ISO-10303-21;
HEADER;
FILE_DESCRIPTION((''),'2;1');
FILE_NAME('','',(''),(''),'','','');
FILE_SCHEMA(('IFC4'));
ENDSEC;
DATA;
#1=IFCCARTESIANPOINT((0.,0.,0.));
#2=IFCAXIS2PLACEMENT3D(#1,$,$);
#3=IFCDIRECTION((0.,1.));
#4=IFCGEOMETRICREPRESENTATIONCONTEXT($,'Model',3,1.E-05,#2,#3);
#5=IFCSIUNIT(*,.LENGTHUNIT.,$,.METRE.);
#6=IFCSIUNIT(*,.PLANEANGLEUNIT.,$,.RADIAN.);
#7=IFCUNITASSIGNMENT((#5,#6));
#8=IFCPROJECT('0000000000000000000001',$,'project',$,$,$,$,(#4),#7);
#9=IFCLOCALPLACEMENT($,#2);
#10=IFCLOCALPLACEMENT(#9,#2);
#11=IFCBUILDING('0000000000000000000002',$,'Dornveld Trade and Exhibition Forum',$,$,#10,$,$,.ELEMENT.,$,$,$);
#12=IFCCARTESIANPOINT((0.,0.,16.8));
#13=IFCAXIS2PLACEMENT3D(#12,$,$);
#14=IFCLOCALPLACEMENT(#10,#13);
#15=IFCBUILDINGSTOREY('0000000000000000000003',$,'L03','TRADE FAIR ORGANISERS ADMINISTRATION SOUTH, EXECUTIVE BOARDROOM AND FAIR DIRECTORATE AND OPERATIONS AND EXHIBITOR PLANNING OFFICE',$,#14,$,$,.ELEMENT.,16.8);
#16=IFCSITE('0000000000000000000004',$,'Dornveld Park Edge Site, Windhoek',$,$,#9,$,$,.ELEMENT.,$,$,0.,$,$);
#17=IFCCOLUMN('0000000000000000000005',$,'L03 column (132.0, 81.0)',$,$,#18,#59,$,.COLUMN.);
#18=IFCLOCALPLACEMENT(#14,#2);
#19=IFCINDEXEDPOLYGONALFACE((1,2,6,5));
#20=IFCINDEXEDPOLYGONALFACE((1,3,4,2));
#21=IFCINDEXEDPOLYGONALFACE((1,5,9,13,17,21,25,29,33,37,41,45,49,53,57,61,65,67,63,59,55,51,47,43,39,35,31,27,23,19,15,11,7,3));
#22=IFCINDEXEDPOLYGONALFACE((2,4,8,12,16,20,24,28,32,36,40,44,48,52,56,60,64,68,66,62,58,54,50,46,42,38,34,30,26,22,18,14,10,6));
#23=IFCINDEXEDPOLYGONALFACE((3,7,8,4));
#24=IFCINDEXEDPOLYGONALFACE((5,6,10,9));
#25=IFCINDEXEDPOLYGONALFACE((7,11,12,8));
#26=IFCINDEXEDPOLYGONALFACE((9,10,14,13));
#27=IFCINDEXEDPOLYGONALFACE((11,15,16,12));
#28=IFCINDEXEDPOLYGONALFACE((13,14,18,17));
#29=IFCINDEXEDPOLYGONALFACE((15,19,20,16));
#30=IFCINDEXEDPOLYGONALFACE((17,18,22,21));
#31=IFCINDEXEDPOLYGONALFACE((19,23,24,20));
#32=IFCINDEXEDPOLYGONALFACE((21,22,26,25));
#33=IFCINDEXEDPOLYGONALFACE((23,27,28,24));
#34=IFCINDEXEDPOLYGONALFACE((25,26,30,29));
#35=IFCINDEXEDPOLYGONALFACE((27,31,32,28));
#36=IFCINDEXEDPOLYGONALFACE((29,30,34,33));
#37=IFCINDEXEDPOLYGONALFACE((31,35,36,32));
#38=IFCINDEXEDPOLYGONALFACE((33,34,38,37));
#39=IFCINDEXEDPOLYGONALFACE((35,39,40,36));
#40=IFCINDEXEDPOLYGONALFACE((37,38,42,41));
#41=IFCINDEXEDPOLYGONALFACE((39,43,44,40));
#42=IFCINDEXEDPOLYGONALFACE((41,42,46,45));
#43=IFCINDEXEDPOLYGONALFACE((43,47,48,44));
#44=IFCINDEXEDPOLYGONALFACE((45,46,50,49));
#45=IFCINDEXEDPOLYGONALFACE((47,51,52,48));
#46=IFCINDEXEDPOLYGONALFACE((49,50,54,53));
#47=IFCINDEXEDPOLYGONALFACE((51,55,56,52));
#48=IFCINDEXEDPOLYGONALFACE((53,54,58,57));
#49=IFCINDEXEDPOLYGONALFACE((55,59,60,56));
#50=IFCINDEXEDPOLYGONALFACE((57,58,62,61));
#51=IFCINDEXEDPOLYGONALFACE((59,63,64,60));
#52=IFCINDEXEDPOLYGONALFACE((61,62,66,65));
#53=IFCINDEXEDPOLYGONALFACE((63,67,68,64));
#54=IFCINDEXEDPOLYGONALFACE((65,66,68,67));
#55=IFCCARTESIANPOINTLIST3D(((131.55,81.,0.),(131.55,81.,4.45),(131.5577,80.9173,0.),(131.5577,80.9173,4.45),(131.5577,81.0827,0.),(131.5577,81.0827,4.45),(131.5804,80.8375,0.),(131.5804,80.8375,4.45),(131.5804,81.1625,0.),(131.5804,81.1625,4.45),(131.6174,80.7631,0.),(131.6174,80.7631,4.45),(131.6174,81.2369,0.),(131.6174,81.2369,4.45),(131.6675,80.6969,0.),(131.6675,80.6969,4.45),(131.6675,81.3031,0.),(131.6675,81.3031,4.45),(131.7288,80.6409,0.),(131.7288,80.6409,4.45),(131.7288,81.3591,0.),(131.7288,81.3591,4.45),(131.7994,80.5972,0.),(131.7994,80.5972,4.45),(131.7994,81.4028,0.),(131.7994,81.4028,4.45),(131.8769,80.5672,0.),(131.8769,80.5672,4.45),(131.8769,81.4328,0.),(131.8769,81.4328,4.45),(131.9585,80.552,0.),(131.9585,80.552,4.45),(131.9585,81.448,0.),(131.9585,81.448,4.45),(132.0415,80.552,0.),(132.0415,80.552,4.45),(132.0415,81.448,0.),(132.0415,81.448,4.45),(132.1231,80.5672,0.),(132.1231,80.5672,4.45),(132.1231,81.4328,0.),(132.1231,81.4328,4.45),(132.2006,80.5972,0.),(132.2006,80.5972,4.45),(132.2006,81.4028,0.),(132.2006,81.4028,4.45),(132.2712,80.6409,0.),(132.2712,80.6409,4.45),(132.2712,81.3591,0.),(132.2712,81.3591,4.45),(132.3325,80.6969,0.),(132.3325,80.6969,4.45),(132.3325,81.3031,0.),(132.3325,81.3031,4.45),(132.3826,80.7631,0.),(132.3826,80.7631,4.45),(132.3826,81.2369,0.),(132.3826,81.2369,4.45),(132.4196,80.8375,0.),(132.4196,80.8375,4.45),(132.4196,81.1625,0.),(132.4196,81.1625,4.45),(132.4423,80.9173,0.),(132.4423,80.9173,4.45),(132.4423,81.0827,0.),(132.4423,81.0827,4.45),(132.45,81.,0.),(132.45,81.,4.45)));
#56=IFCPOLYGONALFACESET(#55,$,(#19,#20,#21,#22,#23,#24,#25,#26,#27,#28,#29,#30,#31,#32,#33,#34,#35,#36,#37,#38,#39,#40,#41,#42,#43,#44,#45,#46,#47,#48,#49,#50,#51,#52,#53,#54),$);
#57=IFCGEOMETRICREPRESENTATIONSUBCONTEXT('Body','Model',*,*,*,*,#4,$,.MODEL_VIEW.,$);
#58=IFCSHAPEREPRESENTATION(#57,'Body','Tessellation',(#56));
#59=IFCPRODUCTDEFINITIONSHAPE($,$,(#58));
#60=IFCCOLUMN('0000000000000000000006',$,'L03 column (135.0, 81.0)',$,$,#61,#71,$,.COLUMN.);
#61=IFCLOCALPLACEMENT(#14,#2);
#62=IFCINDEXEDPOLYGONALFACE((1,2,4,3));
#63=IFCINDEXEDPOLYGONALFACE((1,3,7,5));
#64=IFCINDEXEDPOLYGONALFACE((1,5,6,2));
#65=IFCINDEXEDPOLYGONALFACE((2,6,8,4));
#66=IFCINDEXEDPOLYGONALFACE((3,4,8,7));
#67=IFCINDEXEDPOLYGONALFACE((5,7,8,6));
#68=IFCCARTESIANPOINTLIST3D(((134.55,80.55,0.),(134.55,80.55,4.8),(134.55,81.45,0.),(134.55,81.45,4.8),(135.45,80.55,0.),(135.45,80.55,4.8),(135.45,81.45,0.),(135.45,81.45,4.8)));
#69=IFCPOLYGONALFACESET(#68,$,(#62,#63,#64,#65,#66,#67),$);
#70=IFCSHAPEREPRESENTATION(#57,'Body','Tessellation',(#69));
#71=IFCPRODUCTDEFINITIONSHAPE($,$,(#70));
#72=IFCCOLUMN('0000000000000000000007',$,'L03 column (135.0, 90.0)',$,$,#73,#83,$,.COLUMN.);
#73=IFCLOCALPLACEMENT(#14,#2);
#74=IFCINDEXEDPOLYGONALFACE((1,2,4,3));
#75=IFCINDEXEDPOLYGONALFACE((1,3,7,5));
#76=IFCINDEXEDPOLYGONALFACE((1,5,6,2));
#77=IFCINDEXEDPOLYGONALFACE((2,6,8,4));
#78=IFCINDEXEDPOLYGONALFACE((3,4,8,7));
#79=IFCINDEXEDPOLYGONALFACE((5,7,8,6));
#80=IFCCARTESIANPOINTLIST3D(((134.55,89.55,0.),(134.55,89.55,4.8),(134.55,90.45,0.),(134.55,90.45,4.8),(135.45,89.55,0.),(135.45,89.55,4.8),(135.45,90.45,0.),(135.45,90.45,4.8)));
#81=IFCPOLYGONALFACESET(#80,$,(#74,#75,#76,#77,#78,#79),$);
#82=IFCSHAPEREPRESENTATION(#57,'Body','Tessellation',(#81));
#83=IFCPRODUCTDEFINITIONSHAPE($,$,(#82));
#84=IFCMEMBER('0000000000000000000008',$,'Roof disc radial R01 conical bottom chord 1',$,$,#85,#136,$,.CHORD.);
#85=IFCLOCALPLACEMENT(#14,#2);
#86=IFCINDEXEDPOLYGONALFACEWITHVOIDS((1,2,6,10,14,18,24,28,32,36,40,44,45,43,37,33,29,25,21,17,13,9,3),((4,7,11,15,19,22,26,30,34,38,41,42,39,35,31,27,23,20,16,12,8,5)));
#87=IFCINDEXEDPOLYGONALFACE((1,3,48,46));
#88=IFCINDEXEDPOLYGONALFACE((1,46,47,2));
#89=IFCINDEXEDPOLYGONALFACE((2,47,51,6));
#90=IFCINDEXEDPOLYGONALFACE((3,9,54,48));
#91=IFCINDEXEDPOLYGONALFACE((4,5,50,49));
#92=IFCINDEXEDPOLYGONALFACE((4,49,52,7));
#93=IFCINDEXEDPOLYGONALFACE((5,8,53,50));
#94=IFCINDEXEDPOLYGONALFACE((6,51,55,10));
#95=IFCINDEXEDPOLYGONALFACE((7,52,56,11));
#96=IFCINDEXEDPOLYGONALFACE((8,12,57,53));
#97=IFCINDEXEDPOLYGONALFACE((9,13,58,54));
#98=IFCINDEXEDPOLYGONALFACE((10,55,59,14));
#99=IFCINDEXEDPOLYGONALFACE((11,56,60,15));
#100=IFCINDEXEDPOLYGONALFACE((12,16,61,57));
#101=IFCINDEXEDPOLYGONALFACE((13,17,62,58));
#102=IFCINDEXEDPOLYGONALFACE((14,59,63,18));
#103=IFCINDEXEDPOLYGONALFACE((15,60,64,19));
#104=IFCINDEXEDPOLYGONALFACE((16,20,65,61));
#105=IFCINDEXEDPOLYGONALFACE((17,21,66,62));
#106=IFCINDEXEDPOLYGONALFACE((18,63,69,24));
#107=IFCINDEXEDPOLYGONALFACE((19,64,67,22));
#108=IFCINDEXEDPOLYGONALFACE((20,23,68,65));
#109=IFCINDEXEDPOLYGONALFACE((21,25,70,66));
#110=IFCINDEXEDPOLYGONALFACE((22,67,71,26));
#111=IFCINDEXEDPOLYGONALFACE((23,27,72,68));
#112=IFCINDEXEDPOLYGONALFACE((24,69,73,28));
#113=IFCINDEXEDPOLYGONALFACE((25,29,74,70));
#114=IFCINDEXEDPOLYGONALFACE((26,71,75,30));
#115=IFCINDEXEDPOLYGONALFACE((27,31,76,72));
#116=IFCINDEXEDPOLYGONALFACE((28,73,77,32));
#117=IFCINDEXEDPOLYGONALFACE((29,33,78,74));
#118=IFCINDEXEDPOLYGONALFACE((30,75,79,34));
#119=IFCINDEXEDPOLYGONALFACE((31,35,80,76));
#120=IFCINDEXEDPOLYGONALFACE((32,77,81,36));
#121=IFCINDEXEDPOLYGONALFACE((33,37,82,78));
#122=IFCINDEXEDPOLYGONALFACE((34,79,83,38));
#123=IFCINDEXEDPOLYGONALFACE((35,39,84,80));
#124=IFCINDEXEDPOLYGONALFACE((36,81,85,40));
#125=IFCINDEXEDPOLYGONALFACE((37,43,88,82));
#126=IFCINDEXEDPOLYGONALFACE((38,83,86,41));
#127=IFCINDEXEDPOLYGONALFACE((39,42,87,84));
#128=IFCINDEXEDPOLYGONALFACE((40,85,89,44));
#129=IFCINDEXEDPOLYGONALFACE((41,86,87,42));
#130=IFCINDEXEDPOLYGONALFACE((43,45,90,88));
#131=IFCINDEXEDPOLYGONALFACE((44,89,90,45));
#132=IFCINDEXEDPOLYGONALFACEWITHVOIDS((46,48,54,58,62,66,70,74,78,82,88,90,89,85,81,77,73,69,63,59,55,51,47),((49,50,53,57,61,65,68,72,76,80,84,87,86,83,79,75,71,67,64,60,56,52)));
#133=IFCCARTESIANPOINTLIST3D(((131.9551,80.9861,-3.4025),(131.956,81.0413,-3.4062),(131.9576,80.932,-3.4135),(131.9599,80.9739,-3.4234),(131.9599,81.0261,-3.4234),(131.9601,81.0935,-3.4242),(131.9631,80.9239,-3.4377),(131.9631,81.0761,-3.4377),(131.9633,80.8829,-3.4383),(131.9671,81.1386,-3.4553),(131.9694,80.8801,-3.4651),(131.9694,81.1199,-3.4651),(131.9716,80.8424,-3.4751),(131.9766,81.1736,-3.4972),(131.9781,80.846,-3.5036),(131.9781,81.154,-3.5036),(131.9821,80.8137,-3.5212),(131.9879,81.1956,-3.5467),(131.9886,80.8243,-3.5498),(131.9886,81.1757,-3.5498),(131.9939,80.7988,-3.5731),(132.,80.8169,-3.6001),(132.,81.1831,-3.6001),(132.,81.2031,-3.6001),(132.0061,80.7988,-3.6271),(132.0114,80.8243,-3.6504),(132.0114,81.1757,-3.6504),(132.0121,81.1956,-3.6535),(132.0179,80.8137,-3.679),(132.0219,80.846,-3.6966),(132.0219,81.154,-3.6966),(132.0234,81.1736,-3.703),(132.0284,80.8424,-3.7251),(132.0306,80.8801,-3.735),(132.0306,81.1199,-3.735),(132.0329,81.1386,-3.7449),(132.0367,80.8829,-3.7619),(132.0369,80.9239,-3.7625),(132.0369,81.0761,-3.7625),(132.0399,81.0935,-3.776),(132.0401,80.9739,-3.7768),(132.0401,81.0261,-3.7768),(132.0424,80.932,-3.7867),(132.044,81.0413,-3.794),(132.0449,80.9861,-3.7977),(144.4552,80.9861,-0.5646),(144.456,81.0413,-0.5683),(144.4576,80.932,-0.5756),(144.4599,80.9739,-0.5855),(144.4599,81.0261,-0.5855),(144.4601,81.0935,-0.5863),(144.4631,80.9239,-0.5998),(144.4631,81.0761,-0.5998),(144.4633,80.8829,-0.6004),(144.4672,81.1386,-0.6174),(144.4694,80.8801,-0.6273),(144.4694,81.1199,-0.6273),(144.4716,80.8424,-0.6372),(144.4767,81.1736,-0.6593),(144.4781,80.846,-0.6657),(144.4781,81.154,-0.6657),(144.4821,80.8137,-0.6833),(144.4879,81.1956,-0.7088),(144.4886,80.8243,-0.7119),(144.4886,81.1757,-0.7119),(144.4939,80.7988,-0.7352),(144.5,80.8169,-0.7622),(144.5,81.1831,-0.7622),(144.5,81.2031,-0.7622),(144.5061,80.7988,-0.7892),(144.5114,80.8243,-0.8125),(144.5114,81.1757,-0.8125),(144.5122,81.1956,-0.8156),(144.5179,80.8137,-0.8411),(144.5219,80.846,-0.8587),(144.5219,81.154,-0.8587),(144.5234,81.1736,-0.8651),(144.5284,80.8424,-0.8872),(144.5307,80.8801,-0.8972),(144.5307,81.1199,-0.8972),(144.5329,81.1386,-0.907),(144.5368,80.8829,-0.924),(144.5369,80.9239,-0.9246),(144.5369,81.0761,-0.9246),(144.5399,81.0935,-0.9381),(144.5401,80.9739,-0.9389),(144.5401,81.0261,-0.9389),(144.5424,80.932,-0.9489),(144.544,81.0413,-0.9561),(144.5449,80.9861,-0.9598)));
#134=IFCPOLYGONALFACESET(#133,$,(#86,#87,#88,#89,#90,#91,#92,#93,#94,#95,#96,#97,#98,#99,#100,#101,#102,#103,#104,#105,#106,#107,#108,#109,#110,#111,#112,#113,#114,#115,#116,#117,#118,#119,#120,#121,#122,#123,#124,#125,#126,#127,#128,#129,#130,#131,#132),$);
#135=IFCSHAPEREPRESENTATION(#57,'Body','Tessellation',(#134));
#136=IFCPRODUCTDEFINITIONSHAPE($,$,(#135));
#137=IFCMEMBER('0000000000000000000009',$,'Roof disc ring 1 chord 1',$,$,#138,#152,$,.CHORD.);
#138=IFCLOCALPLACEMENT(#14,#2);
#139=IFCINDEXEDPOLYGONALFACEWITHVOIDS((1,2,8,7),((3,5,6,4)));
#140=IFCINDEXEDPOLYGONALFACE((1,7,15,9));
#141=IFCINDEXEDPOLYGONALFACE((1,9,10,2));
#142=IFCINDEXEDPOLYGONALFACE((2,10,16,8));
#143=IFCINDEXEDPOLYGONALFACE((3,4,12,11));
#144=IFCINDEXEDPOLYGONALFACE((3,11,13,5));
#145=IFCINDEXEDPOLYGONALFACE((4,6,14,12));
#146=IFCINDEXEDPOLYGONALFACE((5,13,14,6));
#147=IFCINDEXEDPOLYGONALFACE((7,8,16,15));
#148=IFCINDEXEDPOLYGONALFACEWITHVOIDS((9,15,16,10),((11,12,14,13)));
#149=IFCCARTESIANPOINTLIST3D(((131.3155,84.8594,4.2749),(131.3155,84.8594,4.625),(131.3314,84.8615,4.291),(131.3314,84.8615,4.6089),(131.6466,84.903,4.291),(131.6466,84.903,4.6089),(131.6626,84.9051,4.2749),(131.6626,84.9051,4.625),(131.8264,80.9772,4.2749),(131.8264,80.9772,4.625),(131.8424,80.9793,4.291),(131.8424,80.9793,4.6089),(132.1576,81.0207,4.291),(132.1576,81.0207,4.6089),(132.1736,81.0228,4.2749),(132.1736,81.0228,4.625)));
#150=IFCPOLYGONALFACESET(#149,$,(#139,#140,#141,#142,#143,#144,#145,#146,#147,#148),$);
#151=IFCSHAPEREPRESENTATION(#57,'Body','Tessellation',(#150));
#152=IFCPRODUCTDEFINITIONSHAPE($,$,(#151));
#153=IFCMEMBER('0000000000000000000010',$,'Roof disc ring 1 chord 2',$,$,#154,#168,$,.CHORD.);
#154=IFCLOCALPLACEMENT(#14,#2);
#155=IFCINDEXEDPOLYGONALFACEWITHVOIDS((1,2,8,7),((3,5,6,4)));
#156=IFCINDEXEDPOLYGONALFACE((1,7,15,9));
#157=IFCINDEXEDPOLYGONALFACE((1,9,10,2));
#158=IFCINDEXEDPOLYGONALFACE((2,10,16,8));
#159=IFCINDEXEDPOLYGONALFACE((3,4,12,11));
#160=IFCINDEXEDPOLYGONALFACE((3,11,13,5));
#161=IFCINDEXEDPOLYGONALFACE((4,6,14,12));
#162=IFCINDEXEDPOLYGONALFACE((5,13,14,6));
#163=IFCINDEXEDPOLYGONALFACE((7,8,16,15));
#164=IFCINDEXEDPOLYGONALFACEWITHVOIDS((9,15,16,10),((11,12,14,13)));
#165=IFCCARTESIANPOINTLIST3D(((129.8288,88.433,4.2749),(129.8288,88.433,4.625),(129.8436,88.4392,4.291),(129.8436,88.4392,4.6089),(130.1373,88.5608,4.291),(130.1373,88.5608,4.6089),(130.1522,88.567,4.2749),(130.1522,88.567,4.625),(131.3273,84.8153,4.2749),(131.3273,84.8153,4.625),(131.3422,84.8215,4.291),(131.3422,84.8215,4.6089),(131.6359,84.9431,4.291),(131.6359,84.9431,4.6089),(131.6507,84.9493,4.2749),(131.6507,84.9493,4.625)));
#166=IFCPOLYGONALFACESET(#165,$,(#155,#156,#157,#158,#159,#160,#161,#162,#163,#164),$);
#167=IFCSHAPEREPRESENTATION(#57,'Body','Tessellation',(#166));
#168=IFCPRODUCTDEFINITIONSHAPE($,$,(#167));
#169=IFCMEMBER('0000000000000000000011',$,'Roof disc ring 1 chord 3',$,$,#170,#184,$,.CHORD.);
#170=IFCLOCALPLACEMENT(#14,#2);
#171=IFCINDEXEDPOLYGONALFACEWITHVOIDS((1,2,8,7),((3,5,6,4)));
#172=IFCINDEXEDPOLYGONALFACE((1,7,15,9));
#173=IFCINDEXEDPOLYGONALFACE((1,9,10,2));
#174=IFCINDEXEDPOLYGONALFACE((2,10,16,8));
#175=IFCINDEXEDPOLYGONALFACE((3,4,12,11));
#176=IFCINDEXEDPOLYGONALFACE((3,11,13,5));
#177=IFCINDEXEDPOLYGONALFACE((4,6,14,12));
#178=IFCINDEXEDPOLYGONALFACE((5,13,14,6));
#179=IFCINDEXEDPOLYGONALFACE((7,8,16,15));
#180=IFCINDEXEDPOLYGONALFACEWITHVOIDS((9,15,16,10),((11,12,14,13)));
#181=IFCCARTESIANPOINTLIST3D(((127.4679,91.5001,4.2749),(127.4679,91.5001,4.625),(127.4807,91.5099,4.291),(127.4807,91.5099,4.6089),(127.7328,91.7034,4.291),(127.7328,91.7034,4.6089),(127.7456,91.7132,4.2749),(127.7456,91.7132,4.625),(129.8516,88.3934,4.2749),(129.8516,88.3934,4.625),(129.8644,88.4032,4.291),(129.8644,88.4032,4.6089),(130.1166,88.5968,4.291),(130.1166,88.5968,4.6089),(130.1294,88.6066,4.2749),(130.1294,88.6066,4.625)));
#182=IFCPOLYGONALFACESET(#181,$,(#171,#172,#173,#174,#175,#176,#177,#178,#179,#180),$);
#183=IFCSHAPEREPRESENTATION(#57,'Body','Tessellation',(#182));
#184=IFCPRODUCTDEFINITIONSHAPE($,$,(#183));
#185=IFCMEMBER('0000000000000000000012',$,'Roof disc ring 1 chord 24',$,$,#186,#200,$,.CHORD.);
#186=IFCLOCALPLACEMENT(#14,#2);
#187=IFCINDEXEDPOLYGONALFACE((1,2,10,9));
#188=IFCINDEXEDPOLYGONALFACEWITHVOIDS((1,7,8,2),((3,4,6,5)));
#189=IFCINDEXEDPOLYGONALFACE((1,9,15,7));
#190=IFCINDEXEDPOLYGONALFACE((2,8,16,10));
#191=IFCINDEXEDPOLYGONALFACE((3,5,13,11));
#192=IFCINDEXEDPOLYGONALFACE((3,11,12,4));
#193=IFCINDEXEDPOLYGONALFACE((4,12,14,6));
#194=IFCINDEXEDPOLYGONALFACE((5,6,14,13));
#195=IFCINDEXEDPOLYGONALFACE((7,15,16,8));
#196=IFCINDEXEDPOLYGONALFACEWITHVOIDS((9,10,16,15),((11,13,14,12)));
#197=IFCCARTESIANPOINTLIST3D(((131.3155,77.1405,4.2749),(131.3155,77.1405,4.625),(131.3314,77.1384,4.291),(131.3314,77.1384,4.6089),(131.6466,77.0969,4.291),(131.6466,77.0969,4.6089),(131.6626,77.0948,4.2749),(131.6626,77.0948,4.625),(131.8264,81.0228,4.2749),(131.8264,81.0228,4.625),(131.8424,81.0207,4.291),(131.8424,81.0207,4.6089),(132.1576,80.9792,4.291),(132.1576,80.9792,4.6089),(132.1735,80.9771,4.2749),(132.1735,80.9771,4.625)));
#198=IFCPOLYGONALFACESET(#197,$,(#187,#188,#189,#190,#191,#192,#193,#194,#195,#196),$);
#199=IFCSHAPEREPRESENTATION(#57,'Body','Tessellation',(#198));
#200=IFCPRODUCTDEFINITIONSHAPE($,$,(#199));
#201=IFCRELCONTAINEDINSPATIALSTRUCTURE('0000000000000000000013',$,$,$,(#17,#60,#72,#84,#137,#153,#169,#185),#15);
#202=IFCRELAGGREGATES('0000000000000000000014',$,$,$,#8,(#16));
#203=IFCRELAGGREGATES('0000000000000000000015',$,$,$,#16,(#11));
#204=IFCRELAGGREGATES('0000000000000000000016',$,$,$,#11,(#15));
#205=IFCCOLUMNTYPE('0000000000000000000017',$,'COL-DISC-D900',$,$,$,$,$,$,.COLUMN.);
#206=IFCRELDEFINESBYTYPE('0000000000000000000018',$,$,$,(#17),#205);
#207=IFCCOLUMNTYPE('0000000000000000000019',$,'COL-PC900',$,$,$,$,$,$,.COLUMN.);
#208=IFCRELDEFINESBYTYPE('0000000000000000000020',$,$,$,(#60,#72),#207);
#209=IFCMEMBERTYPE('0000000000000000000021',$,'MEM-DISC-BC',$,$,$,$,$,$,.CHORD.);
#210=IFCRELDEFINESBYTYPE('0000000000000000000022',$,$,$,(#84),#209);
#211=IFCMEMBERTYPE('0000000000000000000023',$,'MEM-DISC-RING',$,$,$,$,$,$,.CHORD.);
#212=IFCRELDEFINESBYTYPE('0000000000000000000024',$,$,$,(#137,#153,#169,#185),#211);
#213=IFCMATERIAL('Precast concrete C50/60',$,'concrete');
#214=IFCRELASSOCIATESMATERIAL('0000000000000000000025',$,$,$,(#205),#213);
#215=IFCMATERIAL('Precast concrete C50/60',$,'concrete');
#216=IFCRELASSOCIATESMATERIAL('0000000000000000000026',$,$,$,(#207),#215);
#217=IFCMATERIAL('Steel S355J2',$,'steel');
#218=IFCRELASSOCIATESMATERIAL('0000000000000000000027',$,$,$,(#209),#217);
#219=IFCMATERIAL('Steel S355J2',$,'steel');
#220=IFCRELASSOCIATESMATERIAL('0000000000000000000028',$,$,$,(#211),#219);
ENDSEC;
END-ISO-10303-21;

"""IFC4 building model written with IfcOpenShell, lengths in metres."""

from ifc_helpers import new_model, si_unit, direction, frame, origin, origin_2d, place, context, subcontext, project, spatial, rectangle, hollow_rectangle, circle, hollow_circle, extrude, material, material_profile, profile_set, type_object, element, save


model = new_model("IFC4")

# Units and contexts
model_context = context("Model", 3, precision=1e-05, world=origin(), true_north=direction((0.0, 1.0)))
body_context = subcontext(model_context, "Body", "Model", "MODEL_VIEW")
ifc_project = project(units=[si_unit("LENGTHUNIT", "METRE"), si_unit("PLANEANGLEUNIT", "RADIAN")], contexts=[model_context])

# Site, building, storey
site_placement = place(None, origin())
site = spatial("IfcSite", under=ifc_project, at=site_placement, Name="Dornveld Park Edge Site, Windhoek", CompositionType="ELEMENT", RefElevation=0.0)
building_placement = place(site_placement, origin())
building = spatial("IfcBuilding", under=site, at=building_placement, Name="Dornveld Trade and Exhibition Forum", CompositionType="ELEMENT")
storey_placement = place(building_placement, frame((0.0, 0.0, 16.8)))
storey = spatial("IfcBuildingStorey", under=building, at=storey_placement, Name="L03", Description="TRADE FAIR ORGANISERS ADMINISTRATION SOUTH, EXECUTIVE BOARDROOM AND FAIR DIRECTORATE AND OPERATIONS AND EXHIBITOR PLANNING OFFICE", CompositionType="ELEMENT", Elevation=16.8)

# Columns
ifc_material_1 = material(Name="Precast concrete C50/60", Category="concrete")
ifc_material_profile_1 = material_profile(ifc_material_1, circle(Radius=0.45, at=origin_2d()), Name="PC-COL D900")
ifc_profile_set_1 = profile_set([ifc_material_profile_1], Name="Precast concrete C50/60")
column_type_1 = type_object("IfcColumnType", Name="COL-DISC-D900", PredefinedType="COLUMN", material=ifc_profile_set_1)
for number, where, z_axis, x_axis, name in (
    (1, (132.0, 81.0, 0.0), (0.0, 0.0, 1.0), (1.0, 0.0, 0.0), "L03 column (132.0, 81.0)"),
):
    element("IfcColumn", number, at=place(storey_placement, frame(where, z_axis=z_axis, x_axis=x_axis)), inside=storey, type_object=column_type_1, Name=name, PredefinedType="COLUMN", context=body_context, shape_type="SweptSolid", body=[
        extrude(circle(Radius=0.45, at=origin_2d()), origin(), (0.0, 0.0, 1.0), 4.45),
    ])
ifc_material_2 = material(Name="Precast concrete C50/60", Category="concrete")
ifc_material_profile_2 = material_profile(ifc_material_2, rectangle(XDim=0.8999, YDim=0.8999, at=origin_2d()), Name="PC-COL 900x900")
ifc_profile_set_2 = profile_set([ifc_material_profile_2], Name="Precast concrete C50/60")
column_type_2 = type_object("IfcColumnType", Name="COL-PC900", PredefinedType="COLUMN", material=ifc_profile_set_2)
for number, where, z_axis, x_axis, name in (
    (2, (135.0, 81.0, 0.0), (0.0, 0.0, 1.0), (1.0, 0.0, 0.0), "L03 column (135.0, 81.0)"),
    (3, (135.0, 90.0, 0.0), (0.0, 0.0, 1.0), (1.0, 0.0, 0.0), "L03 column (135.0, 90.0)"),
):
    element("IfcColumn", number, at=place(storey_placement, frame(where, z_axis=z_axis, x_axis=x_axis)), inside=storey, type_object=column_type_2, Name=name, PredefinedType="COLUMN", context=body_context, shape_type="SweptSolid", body=[
        extrude(rectangle(XDim=0.8999, YDim=0.8999, at=origin_2d()), origin(), (0.0, 0.0, 1.0), 4.8),
    ])

# Members
ifc_material_3 = material(Name="Steel S355J2", Category="steel")
ifc_material_profile_3 = material_profile(ifc_material_3, hollow_circle(Radius=0.2031, WallThickness=0.02, at=origin_2d()), Name="CHS 406.4x20")
ifc_profile_set_3 = profile_set([ifc_material_profile_3], Name="Steel S355J2")
member_type_1 = type_object("IfcMemberType", Name="MEM-DISC-BC", PredefinedType="CHORD", material=ifc_profile_set_3)
member_1_placement = place(storey_placement, frame((132.0, 81.0, -3.6001), z_axis=(0.975184, 0.0, 0.221397), x_axis=(0.0, 1.0, 0.0)))
element("IfcMember", 4, at=member_1_placement, inside=storey, type_object=member_type_1, Name="Roof disc radial R01 conical bottom chord 1", PredefinedType="CHORD", context=body_context, shape_type="SweptSolid", body=[
    extrude(hollow_circle(Radius=0.2031, WallThickness=0.02, at=origin_2d()), origin(), (0.0, 0.0, 1.0), 12.8181),
])
ifc_material_4 = material(Name="Steel S355J2", Category="steel")
ifc_material_profile_4 = material_profile(ifc_material_4, hollow_rectangle(XDim=0.3501, YDim=0.3501, WallThickness=0.0161, at=origin_2d()), Name="SHS 350x350x16")
ifc_profile_set_4 = profile_set([ifc_material_profile_4], Name="Steel S355J2")
member_type_2 = type_object("IfcMemberType", Name="MEM-DISC-RING", PredefinedType="CHORD", material=ifc_profile_set_4)
for number, where, z_axis, x_axis, name in (
    (5, (132.0, 81.0, 4.45), (-0.130493, 0.991449, 0.0), (-0.991449, -0.130493, 0.0), "Roof disc ring 1 chord 1"),
    (6, (131.489, 84.8823, 4.45), (-0.382693, 0.923875, 0.0), (-0.923875, -0.382693, 0.0), "Roof disc ring 1 chord 2"),
    (7, (129.9905, 88.5, 4.45), (-0.608752, 0.79336, 0.0), (-0.79336, -0.608752, 0.0), "Roof disc ring 1 chord 3"),
    (8, (131.489, 77.1177, 4.45), (0.130493, 0.991449, 0.0), (-0.991449, 0.130493, 0.0), "Roof disc ring 1 chord 24"),
):
    element("IfcMember", number, at=place(storey_placement, frame(where, z_axis=z_axis, x_axis=x_axis)), inside=storey, type_object=member_type_2, Name=name, PredefinedType="CHORD", context=body_context, shape_type="SweptSolid", body=[
        extrude(hollow_rectangle(XDim=0.3501, YDim=0.3501, WallThickness=0.0161, at=origin_2d()), origin(), (0.0, 0.0, 1.0), 3.9158),
    ])

save(model, "model.ifc")
